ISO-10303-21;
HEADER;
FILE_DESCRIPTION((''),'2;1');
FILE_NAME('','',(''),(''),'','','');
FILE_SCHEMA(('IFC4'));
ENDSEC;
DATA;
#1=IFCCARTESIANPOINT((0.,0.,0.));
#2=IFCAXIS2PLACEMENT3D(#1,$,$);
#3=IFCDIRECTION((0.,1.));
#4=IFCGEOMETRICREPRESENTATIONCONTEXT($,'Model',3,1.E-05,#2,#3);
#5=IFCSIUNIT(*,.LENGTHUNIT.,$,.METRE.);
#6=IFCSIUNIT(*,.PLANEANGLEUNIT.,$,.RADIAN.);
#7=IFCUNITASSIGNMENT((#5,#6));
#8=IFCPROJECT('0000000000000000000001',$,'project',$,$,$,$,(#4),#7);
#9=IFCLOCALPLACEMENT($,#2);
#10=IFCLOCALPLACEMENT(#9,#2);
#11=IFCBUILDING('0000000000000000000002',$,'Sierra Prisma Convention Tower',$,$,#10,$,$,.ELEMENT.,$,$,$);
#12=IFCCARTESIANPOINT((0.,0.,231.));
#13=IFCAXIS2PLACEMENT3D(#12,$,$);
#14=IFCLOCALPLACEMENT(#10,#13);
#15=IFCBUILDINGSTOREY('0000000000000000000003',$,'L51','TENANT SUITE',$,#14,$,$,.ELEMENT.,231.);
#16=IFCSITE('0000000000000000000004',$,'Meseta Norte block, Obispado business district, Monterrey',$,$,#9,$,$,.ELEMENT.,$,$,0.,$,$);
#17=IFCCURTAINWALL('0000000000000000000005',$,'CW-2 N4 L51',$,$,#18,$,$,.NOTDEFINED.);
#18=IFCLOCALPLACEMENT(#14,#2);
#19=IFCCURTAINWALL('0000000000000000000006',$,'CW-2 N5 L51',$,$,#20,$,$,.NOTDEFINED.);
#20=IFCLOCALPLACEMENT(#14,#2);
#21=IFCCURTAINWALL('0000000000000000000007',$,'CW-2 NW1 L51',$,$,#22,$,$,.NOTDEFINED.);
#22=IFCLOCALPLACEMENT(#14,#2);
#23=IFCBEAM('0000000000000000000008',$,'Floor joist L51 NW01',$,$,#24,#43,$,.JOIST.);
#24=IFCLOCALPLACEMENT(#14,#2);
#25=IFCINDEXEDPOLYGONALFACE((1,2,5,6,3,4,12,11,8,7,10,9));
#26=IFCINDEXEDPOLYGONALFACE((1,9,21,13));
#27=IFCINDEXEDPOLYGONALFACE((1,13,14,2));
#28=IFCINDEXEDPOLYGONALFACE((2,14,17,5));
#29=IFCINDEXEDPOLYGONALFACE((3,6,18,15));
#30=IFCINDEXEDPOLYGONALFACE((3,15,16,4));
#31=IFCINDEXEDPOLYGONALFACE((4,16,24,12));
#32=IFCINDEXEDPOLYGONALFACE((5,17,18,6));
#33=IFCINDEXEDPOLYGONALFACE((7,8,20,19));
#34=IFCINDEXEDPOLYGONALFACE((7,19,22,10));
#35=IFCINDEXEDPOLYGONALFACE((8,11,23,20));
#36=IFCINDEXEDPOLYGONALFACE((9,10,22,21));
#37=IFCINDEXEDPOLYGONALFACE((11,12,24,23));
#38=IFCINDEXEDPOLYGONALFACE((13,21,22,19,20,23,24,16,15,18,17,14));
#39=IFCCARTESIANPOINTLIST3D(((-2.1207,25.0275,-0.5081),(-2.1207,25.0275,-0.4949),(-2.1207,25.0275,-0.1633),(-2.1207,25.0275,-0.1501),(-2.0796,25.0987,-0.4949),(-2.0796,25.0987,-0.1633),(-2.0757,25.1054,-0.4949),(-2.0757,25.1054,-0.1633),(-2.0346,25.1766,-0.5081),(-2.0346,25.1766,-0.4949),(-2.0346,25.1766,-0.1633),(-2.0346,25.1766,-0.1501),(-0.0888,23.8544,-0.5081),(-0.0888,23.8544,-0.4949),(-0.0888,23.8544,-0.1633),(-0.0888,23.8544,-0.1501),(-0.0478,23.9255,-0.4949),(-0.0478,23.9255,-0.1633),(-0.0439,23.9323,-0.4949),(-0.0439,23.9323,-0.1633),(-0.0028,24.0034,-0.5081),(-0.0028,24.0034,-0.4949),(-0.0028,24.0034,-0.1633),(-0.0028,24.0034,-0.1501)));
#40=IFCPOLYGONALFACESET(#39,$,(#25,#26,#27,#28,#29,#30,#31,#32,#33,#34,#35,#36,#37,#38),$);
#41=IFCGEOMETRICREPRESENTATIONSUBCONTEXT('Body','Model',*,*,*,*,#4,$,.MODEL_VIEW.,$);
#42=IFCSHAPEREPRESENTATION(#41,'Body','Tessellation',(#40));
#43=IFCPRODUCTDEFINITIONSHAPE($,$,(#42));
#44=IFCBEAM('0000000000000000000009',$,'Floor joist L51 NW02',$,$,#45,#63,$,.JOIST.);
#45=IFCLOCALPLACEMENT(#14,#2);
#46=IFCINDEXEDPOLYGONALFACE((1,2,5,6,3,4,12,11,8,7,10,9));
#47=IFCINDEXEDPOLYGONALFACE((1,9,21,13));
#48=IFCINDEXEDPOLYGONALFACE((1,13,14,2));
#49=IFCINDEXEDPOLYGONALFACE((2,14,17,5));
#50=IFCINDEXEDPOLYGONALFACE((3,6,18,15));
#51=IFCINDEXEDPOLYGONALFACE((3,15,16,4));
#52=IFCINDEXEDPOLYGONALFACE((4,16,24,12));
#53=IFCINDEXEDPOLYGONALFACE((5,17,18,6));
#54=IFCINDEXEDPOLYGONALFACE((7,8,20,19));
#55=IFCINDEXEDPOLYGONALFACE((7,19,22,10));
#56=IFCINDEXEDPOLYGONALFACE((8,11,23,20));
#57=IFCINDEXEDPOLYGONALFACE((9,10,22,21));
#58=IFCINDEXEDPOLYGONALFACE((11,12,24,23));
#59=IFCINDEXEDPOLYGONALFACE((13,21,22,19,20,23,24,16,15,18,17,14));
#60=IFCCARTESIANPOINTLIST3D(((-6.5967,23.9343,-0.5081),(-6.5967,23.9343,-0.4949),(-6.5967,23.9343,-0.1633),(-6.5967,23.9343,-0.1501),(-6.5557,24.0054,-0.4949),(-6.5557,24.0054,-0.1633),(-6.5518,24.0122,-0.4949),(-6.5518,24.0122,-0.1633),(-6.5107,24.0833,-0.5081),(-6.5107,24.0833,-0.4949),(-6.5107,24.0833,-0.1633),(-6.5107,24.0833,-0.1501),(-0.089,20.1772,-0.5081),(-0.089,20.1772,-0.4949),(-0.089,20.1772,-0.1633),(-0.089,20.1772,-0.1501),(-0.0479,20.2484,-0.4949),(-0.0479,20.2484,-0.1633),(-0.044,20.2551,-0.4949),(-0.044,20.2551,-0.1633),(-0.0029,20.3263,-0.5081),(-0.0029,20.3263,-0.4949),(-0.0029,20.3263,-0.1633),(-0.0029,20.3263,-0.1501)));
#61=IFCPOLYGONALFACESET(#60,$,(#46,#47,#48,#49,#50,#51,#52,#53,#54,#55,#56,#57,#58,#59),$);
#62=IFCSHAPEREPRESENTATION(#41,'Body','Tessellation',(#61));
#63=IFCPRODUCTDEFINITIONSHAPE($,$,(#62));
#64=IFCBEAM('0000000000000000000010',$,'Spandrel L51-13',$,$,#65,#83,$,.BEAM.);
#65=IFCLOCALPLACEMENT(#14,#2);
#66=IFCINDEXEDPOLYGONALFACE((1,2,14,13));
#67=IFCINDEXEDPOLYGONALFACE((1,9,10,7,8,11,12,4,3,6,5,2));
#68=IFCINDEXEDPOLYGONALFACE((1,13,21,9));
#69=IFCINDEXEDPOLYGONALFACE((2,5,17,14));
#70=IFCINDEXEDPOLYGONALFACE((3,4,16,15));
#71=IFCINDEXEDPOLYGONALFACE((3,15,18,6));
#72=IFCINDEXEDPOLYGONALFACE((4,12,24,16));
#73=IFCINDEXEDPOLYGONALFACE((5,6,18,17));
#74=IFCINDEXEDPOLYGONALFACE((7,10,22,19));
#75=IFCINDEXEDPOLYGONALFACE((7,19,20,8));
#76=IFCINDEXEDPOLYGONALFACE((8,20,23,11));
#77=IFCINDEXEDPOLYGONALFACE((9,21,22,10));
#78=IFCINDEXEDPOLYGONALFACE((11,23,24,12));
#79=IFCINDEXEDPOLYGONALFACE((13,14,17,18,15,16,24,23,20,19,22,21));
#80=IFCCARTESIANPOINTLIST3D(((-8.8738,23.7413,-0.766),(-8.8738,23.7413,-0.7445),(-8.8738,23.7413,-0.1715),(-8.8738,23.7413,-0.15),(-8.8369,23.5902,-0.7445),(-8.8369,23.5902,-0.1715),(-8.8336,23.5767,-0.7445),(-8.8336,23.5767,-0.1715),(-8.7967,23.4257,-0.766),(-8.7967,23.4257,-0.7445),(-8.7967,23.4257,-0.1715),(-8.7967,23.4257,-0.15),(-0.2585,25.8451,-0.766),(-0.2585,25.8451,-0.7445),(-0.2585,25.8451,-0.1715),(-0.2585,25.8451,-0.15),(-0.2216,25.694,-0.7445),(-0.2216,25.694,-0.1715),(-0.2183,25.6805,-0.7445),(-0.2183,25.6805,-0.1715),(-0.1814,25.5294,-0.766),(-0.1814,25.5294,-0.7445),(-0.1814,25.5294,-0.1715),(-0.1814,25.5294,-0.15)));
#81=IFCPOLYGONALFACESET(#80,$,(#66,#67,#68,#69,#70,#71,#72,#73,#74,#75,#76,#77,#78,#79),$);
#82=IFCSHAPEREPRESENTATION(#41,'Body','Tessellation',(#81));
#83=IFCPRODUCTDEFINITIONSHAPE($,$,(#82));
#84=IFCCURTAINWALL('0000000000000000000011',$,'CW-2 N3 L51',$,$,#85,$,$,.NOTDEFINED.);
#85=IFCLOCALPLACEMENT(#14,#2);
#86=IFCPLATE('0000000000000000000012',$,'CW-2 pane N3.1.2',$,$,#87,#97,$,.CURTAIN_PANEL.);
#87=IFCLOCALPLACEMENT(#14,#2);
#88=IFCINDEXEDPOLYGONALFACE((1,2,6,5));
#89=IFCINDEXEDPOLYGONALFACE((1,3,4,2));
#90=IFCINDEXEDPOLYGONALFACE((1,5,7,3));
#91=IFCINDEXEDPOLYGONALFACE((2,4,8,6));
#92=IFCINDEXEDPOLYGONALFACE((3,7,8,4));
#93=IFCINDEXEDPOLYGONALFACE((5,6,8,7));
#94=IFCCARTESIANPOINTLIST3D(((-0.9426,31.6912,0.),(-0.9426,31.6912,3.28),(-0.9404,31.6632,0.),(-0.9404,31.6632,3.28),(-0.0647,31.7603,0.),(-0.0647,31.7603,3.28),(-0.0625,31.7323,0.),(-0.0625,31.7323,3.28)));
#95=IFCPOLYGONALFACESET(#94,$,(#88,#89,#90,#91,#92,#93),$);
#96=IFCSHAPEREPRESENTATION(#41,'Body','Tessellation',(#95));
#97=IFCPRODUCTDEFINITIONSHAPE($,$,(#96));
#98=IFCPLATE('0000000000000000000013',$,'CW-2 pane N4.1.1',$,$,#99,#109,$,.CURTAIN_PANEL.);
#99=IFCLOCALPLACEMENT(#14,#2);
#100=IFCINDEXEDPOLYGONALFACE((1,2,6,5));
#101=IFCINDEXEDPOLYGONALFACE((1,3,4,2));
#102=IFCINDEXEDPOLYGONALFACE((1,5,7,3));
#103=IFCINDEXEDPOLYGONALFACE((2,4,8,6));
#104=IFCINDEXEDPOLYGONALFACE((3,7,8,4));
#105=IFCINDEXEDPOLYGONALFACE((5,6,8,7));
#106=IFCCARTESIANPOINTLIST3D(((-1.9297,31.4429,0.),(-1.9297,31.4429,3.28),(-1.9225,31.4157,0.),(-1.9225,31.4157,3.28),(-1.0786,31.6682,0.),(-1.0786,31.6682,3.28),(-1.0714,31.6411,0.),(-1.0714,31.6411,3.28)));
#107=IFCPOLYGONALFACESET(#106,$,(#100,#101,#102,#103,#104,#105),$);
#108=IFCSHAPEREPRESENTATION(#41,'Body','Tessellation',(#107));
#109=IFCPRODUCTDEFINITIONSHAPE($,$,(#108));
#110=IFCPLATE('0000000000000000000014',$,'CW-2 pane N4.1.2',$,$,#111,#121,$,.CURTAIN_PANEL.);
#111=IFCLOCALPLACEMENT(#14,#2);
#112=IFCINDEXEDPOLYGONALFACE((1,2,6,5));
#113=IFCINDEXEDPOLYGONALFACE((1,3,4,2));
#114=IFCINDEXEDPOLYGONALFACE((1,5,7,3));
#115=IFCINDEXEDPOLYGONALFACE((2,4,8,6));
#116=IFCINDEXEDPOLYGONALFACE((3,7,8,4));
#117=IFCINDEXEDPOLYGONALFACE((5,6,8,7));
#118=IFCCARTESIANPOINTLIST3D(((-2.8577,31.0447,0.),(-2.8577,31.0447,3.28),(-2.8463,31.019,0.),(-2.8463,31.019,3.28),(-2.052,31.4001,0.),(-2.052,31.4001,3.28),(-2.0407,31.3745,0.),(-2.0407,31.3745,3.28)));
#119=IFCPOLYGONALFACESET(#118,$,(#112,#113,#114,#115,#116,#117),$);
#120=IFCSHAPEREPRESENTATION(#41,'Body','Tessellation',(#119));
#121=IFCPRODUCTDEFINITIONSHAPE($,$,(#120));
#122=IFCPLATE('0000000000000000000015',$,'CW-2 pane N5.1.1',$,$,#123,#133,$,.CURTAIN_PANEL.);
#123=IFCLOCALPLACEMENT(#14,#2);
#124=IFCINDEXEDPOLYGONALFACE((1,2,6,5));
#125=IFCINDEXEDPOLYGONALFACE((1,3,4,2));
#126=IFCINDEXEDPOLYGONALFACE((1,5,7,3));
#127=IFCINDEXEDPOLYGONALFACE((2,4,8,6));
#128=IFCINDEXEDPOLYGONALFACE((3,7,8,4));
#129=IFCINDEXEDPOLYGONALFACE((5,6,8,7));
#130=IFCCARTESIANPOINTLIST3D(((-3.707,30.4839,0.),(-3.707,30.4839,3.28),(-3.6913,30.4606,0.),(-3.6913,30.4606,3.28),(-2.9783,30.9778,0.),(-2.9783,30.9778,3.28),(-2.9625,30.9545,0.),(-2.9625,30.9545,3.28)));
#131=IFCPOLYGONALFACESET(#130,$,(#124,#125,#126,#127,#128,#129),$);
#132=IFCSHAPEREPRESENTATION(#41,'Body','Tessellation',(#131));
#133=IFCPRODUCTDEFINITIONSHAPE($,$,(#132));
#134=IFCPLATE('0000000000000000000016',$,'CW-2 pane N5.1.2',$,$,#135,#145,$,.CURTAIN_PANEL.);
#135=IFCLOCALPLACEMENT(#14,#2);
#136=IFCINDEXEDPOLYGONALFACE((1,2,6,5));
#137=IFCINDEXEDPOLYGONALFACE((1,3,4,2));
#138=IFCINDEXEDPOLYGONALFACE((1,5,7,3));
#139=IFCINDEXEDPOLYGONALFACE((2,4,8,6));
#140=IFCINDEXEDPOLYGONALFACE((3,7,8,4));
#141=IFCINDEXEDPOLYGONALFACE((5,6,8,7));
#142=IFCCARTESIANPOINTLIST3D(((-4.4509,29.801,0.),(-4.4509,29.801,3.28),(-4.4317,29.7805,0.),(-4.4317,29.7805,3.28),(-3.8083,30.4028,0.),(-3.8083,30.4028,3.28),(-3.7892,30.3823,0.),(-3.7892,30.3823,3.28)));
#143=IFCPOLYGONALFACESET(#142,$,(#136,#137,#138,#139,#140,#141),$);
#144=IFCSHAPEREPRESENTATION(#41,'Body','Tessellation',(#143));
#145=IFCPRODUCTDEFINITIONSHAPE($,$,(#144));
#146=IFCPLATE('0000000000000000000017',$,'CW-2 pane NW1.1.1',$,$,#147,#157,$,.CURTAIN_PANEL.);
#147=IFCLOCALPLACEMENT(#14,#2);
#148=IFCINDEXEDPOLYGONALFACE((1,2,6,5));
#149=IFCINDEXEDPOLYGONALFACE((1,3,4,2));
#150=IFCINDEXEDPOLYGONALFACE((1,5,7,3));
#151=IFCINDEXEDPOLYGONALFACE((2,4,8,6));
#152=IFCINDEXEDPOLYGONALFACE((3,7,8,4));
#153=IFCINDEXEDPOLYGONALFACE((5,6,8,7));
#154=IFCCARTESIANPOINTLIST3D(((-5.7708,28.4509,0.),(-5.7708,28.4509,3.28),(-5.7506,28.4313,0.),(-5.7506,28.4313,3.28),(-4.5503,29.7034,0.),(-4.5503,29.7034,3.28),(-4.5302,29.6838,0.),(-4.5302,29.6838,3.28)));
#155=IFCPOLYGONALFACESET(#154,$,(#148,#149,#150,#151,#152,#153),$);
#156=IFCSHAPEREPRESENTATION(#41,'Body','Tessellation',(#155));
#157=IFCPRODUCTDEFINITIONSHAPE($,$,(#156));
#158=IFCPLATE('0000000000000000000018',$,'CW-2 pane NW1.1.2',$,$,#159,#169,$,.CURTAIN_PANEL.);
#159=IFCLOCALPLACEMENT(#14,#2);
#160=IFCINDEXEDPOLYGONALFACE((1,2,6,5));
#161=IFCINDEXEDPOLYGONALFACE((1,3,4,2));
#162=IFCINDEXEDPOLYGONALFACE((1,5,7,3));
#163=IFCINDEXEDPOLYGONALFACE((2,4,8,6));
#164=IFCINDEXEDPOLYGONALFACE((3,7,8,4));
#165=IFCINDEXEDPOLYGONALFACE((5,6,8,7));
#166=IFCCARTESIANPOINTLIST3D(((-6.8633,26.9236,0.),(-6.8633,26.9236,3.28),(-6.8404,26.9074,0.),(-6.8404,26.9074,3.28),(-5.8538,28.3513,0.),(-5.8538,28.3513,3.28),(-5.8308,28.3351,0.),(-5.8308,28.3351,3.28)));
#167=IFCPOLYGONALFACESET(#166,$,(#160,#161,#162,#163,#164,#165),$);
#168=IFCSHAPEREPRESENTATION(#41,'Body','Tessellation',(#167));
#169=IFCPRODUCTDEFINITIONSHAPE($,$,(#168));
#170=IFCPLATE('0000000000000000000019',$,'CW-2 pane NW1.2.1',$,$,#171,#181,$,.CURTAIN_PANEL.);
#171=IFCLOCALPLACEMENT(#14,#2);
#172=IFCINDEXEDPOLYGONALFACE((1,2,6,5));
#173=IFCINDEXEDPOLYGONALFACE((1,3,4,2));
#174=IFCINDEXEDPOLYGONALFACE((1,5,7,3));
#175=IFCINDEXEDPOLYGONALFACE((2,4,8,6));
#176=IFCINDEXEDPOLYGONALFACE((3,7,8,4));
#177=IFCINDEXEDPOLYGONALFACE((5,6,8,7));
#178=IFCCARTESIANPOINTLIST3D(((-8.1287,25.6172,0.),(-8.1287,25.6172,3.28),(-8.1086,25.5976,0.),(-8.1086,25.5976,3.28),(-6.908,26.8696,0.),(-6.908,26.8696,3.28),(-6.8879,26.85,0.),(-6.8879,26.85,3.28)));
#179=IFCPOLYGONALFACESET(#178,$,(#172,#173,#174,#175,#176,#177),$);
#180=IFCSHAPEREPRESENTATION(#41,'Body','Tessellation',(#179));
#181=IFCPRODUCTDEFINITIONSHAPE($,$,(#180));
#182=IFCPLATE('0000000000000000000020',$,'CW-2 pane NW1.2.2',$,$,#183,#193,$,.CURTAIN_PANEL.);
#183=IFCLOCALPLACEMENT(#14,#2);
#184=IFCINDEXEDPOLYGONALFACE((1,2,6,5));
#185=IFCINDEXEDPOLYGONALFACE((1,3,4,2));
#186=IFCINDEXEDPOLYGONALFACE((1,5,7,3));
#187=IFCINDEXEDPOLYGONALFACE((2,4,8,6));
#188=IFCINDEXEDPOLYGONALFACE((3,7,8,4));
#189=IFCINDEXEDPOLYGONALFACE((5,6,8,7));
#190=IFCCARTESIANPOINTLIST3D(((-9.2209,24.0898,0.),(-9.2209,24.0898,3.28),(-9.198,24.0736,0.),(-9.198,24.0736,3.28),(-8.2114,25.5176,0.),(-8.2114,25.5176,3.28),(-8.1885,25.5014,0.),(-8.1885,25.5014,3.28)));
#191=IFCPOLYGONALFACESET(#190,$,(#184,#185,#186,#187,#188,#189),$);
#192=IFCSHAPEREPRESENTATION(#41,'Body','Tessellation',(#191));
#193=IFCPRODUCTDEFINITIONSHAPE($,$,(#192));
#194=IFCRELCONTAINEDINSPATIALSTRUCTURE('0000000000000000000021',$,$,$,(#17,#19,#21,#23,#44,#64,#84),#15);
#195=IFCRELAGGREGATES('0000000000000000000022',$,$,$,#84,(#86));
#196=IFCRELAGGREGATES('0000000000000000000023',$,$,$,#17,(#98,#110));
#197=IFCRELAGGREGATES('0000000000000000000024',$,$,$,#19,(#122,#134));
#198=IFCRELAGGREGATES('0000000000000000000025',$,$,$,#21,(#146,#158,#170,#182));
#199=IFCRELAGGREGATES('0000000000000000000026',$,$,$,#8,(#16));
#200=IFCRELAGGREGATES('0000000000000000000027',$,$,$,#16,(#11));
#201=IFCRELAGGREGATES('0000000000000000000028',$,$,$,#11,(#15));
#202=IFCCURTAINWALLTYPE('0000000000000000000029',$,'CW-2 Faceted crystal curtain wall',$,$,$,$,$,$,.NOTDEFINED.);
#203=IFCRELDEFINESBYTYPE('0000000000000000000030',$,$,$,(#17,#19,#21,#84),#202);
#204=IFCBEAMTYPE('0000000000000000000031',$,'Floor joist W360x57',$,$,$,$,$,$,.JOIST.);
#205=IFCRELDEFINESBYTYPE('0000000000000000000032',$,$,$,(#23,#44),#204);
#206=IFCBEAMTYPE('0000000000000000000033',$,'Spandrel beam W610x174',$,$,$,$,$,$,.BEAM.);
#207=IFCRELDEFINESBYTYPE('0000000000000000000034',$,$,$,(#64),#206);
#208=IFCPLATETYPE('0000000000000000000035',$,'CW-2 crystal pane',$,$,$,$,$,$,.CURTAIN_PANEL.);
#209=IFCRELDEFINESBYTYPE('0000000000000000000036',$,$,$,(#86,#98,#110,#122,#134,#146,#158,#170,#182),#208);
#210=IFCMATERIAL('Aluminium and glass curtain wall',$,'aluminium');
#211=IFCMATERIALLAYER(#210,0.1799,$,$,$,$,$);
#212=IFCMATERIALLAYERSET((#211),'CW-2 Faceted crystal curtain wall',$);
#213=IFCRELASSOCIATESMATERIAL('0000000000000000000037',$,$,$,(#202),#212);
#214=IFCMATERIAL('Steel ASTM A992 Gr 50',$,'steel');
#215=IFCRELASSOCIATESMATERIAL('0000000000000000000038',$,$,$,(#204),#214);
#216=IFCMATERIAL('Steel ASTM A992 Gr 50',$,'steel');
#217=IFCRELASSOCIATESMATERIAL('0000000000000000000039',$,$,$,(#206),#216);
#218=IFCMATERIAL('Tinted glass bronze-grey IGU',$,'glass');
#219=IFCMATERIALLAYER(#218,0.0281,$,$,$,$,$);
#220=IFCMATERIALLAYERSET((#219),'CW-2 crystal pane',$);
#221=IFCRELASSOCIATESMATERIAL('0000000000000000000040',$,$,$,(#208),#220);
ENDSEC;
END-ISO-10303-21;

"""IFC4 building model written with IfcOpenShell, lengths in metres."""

from ifc_helpers import new_model, si_unit, direction, frame, origin, origin_2d, place, context, subcontext, project, spatial, polyline, i_section, outline, extrude, material, layer, layer_set, material_profile, profile_set, type_object, element, aggregate, save


model = new_model("IFC4")

# Units and contexts
model_context = context("Model", 3, precision=1e-05, world=origin(), true_north=direction((0.0, 1.0)))
body_context = subcontext(model_context, "Body", "Model", "MODEL_VIEW")
ifc_project = project(units=[si_unit("LENGTHUNIT", "METRE"), si_unit("PLANEANGLEUNIT", "RADIAN")], contexts=[model_context])

# Site, building, storey
site_placement = place(None, origin())
site = spatial("IfcSite", under=ifc_project, at=site_placement, Name="Meseta Norte block, Obispado business district, Monterrey", CompositionType="ELEMENT", RefElevation=0.0)
building_placement = place(site_placement, origin())
building = spatial("IfcBuilding", under=site, at=building_placement, Name="Sierra Prisma Convention Tower", CompositionType="ELEMENT")
storey_placement = place(building_placement, frame((0.0, 0.0, 231.0)))
storey = spatial("IfcBuildingStorey", under=building, at=storey_placement, Name="L51", Description="TENANT SUITE", CompositionType="ELEMENT", Elevation=231.0)

# Curtain walls
ifc_material_1 = material(Name="Aluminium and glass curtain wall", Category="aluminium")
ifc_layer_1 = layer(ifc_material_1, 0.1799)
ifc_layer_set_1 = layer_set([ifc_layer_1], Name="CW-2 Faceted crystal curtain wall")
curtain_wall_type = type_object("IfcCurtainWallType", Name="CW-2 Faceted crystal curtain wall", PredefinedType="NOTDEFINED", material=ifc_layer_set_1)
curtain_wall_1_placement = place(storey_placement, origin())
curtain_wall_1 = element("IfcCurtainWall", 1, at=curtain_wall_1_placement, inside=storey, type_object=curtain_wall_type, Name="CW-2 N4 L51", PredefinedType="NOTDEFINED")
curtain_wall_2_placement = place(storey_placement, origin())
curtain_wall_2 = element("IfcCurtainWall", 2, at=curtain_wall_2_placement, inside=storey, type_object=curtain_wall_type, Name="CW-2 N5 L51", PredefinedType="NOTDEFINED")

# Curtain wall
curtain_wall_3_placement = place(storey_placement, origin())
curtain_wall_3 = element("IfcCurtainWall", 3, at=curtain_wall_3_placement, inside=storey, type_object=curtain_wall_type, Name="CW-2 NW1 L51", PredefinedType="NOTDEFINED")

# Beams
ifc_material_2 = material(Name="Steel ASTM A992 Gr 50", Category="steel")
ifc_material_profile_1 = material_profile(ifc_material_2, i_section(OverallWidth=0.1721, OverallDepth=0.3579, WebThickness=0.0078, FlangeThickness=0.0132, at=origin_2d()), Name="W360x57")
ifc_profile_set_1 = profile_set([ifc_material_profile_1], Name="Steel ASTM A992 Gr 50")
beam_type_1 = type_object("IfcBeamType", Name="Floor joist W360x57", PredefinedType="JOIST", material=ifc_profile_set_1)
beam_1_placement = place(storey_placement, frame((-2.0776, 25.1021, -0.3291), z_axis=(0.866012, -0.500023, 0.0), x_axis=(0.500023, 0.866012, 0.0)))
element("IfcBeam", 4, at=beam_1_placement, inside=storey, type_object=beam_type_1, Name="Floor joist L51 NW01", PredefinedType="JOIST", context=body_context, shape_type="SweptSolid", body=[
    extrude(i_section(OverallWidth=0.1721, OverallDepth=0.3579, WebThickness=0.0078, FlangeThickness=0.0132, at=origin_2d()), origin(), (0.0, 0.0, 1.0), 2.3462),
])
beam_2_placement = place(storey_placement, frame((-6.5537, 24.0088, -0.3291), z_axis=(0.866037, -0.499979, 0.0), x_axis=(0.499979, 0.866037, 0.0)))
element("IfcBeam", 5, at=beam_2_placement, inside=storey, type_object=beam_type_1, Name="Floor joist L51 NW02", PredefinedType="JOIST", context=body_context, shape_type="SweptSolid", body=[
    extrude(i_section(OverallWidth=0.1721, OverallDepth=0.3579, WebThickness=0.0078, FlangeThickness=0.0132, at=origin_2d()), origin(), (0.0, 0.0, 1.0), 7.5144),
])
ifc_material_3 = material(Name="Steel ASTM A992 Gr 50", Category="steel")
ifc_material_profile_2 = material_profile(ifc_material_3, i_section(OverallWidth=0.325, OverallDepth=0.616, WebThickness=0.0139, FlangeThickness=0.0215, at=origin_2d()), Name="W610x174")
ifc_profile_set_2 = profile_set([ifc_material_profile_2], Name="Steel ASTM A992 Gr 50")
beam_type_2 = type_object("IfcBeamType", Name="Spandrel beam W610x174", PredefinedType="BEAM", material=ifc_profile_set_2)
beam_3_placement = place(storey_placement, frame((-0.22, 25.6873, -0.458), z_axis=(-0.971456, -0.23722, 0.0), x_axis=(0.23722, -0.971456, 0.0)))
element("IfcBeam", 6, at=beam_3_placement, inside=storey, type_object=beam_type_2, Name="Spandrel L51-13", PredefinedType="BEAM", context=body_context, shape_type="SweptSolid", body=[
    extrude(i_section(OverallWidth=0.325, OverallDepth=0.616, WebThickness=0.0139, FlangeThickness=0.0215, at=origin_2d()), origin(), (0.0, 0.0, 1.0), 8.8684),
])

# Curtain wall, plate
curtain_wall_4_placement = place(storey_placement, origin())
curtain_wall_4 = element("IfcCurtainWall", 7, at=curtain_wall_4_placement, inside=storey, type_object=curtain_wall_type, Name="CW-2 N3 L51", PredefinedType="NOTDEFINED")
ifc_material_4 = material(Name="Tinted glass bronze-grey IGU", Category="glass")
ifc_layer_2 = layer(ifc_material_4, 0.0281)
ifc_layer_set_2 = layer_set([ifc_layer_2], Name="CW-2 crystal pane")
plate_type = type_object("IfcPlateType", Name="CW-2 crystal pane", PredefinedType="CURTAIN_PANEL", material=ifc_layer_set_2)
plate_1_placement = place(storey_placement, frame((-0.9426, 31.6912, 0.0), z_axis=(-0.078456, 0.996918, 0.0), x_axis=(0.996918, 0.078456, 0.0)))
plate_1 = element("IfcPlate", 8, at=plate_1_placement, type_object=plate_type, Name="CW-2 pane N3.1.2", PredefinedType="CURTAIN_PANEL", context=body_context, shape_type="SweptSolid", body=[
    extrude(outline(polyline([(0.0, 0.0), (0.8806, 0.0), (0.8806, -3.28), (0.0, -3.28), (0.0, 0.0)])), origin(), (0.0, 0.0, -1.0), 0.0281),
])
aggregate(curtain_wall_4, [plate_1])

# Plates
plate_2_placement = place(storey_placement, frame((-1.0786, 31.6682, 0.0), z_axis=(-0.255954, 0.966689, 0.0), x_axis=(-0.966689, -0.255954, 0.0)))
plate_2 = element("IfcPlate", 9, at=plate_2_placement, type_object=plate_type, Name="CW-2 pane N4.1.1", PredefinedType="CURTAIN_PANEL", context=body_context, shape_type="SweptSolid", body=[
    extrude(outline(polyline([(0.0, 0.0), (0.8804, 0.0), (0.8804, 3.28), (0.0, 3.28), (0.0, 0.0)])), origin(), (0.0, 0.0, -1.0), 0.0281),
])
plate_3_placement = place(storey_placement, frame((-2.8577, 31.0447, 0.0), z_axis=(-0.403668, 0.914906, 0.0), x_axis=(0.914906, 0.403668, 0.0)))
plate_3 = element("IfcPlate", 10, at=plate_3_placement, type_object=plate_type, Name="CW-2 pane N4.1.2", PredefinedType="CURTAIN_PANEL", context=body_context, shape_type="SweptSolid", body=[
    extrude(outline(polyline([(0.0, 0.0), (0.8806, 0.0), (0.8806, -3.28), (0.0, -3.28), (0.0, 0.0)])), origin(), (0.0, 0.0, -1.0), 0.0281),
])
aggregate(curtain_wall_1, [plate_2, plate_3])
plate_4_placement = place(storey_placement, frame((-2.9783, 30.9778, 0.0), z_axis=(-0.56102, 0.827802, 0.0), x_axis=(-0.827802, -0.56102, 0.0)))
plate_4 = element("IfcPlate", 11, at=plate_4_placement, type_object=plate_type, Name="CW-2 pane N5.1.1", PredefinedType="CURTAIN_PANEL", context=body_context, shape_type="SweptSolid", body=[
    extrude(outline(polyline([(0.0, 0.0), (0.8804, 0.0), (0.8804, 3.28), (0.0, 3.28), (0.0, 0.0)])), origin(), (0.0, 0.0, -1.0), 0.0281),
])
plate_5_placement = place(storey_placement, frame((-4.4509, 29.801, 0.0), z_axis=(-0.683572, 0.729883, 0.0), x_axis=(0.729883, 0.683572, 0.0)))
plate_5 = element("IfcPlate", 12, at=plate_5_placement, type_object=plate_type, Name="CW-2 pane N5.1.2", PredefinedType="CURTAIN_PANEL", context=body_context, shape_type="SweptSolid", body=[
    extrude(outline(polyline([(0.0, 0.0), (0.8804, 0.0), (0.8804, -3.28), (0.0, -3.28), (0.0, 0.0)])), origin(), (0.0, 0.0, -1.0), 0.0281),
])
aggregate(curtain_wall_2, [plate_4, plate_5])
plate_6_placement = place(storey_placement, frame((-4.5503, 29.7034, 0.0), z_axis=(-0.716192, 0.697903, 0.0), x_axis=(-0.697903, -0.716192, 0.0)))
plate_6 = element("IfcPlate", 13, at=plate_6_placement, type_object=plate_type, Name="CW-2 pane NW1.1.1", PredefinedType="CURTAIN_PANEL", context=body_context, shape_type="SweptSolid", body=[
    extrude(outline(polyline([(0.0, 0.0), (1.7488, 0.0), (1.7488, 3.28), (0.0, 3.28), (0.0, 0.0)])), origin(), (0.0, 0.0, -1.0), 0.0281),
])
plate_7_placement = place(storey_placement, frame((-6.8633, 26.9236, 0.0), z_axis=(-0.816507, 0.577335, 0.0), x_axis=(0.577335, 0.816507, 0.0)))
plate_7 = element("IfcPlate", 14, at=plate_7_placement, type_object=plate_type, Name="CW-2 pane NW1.1.2", PredefinedType="CURTAIN_PANEL", context=body_context, shape_type="SweptSolid", body=[
    extrude(outline(polyline([(0.0, 0.0), (1.7486, 0.0), (1.7486, -3.28), (0.0, -3.28), (0.0, 0.0)])), origin(), (0.0, 0.0, -1.0), 0.0281),
])
plate_8_placement = place(storey_placement, frame((-6.908, 26.8696, 0.0), z_axis=(-0.716122, 0.697975, 0.0), x_axis=(-0.697975, -0.716122, 0.0)))
plate_8 = element("IfcPlate", 15, at=plate_8_placement, type_object=plate_type, Name="CW-2 pane NW1.2.1", PredefinedType="CURTAIN_PANEL", context=body_context, shape_type="SweptSolid", body=[
    extrude(outline(polyline([(0.0, 0.0), (1.7489, 0.0), (1.7489, 3.28), (0.0, 3.28), (0.0, 0.0)])), origin(), (0.0, 0.0, -1.0), 0.0281),
])
plate_9_placement = place(storey_placement, frame((-9.2209, 24.0898, 0.0), z_axis=(-0.816507, 0.577335, 0.0), x_axis=(0.577335, 0.816507, 0.0)))
plate_9 = element("IfcPlate", 16, at=plate_9_placement, type_object=plate_type, Name="CW-2 pane NW1.2.2", PredefinedType="CURTAIN_PANEL", context=body_context, shape_type="SweptSolid", body=[
    extrude(outline(polyline([(0.0, 0.0), (1.7486, 0.0), (1.7486, -3.28), (0.0, -3.28), (0.0, 0.0)])), origin(), (0.0, 0.0, -1.0), 0.0281),
])
aggregate(curtain_wall_3, [plate_6, plate_7, plate_8, plate_9])

save(model, "model.ifc")
